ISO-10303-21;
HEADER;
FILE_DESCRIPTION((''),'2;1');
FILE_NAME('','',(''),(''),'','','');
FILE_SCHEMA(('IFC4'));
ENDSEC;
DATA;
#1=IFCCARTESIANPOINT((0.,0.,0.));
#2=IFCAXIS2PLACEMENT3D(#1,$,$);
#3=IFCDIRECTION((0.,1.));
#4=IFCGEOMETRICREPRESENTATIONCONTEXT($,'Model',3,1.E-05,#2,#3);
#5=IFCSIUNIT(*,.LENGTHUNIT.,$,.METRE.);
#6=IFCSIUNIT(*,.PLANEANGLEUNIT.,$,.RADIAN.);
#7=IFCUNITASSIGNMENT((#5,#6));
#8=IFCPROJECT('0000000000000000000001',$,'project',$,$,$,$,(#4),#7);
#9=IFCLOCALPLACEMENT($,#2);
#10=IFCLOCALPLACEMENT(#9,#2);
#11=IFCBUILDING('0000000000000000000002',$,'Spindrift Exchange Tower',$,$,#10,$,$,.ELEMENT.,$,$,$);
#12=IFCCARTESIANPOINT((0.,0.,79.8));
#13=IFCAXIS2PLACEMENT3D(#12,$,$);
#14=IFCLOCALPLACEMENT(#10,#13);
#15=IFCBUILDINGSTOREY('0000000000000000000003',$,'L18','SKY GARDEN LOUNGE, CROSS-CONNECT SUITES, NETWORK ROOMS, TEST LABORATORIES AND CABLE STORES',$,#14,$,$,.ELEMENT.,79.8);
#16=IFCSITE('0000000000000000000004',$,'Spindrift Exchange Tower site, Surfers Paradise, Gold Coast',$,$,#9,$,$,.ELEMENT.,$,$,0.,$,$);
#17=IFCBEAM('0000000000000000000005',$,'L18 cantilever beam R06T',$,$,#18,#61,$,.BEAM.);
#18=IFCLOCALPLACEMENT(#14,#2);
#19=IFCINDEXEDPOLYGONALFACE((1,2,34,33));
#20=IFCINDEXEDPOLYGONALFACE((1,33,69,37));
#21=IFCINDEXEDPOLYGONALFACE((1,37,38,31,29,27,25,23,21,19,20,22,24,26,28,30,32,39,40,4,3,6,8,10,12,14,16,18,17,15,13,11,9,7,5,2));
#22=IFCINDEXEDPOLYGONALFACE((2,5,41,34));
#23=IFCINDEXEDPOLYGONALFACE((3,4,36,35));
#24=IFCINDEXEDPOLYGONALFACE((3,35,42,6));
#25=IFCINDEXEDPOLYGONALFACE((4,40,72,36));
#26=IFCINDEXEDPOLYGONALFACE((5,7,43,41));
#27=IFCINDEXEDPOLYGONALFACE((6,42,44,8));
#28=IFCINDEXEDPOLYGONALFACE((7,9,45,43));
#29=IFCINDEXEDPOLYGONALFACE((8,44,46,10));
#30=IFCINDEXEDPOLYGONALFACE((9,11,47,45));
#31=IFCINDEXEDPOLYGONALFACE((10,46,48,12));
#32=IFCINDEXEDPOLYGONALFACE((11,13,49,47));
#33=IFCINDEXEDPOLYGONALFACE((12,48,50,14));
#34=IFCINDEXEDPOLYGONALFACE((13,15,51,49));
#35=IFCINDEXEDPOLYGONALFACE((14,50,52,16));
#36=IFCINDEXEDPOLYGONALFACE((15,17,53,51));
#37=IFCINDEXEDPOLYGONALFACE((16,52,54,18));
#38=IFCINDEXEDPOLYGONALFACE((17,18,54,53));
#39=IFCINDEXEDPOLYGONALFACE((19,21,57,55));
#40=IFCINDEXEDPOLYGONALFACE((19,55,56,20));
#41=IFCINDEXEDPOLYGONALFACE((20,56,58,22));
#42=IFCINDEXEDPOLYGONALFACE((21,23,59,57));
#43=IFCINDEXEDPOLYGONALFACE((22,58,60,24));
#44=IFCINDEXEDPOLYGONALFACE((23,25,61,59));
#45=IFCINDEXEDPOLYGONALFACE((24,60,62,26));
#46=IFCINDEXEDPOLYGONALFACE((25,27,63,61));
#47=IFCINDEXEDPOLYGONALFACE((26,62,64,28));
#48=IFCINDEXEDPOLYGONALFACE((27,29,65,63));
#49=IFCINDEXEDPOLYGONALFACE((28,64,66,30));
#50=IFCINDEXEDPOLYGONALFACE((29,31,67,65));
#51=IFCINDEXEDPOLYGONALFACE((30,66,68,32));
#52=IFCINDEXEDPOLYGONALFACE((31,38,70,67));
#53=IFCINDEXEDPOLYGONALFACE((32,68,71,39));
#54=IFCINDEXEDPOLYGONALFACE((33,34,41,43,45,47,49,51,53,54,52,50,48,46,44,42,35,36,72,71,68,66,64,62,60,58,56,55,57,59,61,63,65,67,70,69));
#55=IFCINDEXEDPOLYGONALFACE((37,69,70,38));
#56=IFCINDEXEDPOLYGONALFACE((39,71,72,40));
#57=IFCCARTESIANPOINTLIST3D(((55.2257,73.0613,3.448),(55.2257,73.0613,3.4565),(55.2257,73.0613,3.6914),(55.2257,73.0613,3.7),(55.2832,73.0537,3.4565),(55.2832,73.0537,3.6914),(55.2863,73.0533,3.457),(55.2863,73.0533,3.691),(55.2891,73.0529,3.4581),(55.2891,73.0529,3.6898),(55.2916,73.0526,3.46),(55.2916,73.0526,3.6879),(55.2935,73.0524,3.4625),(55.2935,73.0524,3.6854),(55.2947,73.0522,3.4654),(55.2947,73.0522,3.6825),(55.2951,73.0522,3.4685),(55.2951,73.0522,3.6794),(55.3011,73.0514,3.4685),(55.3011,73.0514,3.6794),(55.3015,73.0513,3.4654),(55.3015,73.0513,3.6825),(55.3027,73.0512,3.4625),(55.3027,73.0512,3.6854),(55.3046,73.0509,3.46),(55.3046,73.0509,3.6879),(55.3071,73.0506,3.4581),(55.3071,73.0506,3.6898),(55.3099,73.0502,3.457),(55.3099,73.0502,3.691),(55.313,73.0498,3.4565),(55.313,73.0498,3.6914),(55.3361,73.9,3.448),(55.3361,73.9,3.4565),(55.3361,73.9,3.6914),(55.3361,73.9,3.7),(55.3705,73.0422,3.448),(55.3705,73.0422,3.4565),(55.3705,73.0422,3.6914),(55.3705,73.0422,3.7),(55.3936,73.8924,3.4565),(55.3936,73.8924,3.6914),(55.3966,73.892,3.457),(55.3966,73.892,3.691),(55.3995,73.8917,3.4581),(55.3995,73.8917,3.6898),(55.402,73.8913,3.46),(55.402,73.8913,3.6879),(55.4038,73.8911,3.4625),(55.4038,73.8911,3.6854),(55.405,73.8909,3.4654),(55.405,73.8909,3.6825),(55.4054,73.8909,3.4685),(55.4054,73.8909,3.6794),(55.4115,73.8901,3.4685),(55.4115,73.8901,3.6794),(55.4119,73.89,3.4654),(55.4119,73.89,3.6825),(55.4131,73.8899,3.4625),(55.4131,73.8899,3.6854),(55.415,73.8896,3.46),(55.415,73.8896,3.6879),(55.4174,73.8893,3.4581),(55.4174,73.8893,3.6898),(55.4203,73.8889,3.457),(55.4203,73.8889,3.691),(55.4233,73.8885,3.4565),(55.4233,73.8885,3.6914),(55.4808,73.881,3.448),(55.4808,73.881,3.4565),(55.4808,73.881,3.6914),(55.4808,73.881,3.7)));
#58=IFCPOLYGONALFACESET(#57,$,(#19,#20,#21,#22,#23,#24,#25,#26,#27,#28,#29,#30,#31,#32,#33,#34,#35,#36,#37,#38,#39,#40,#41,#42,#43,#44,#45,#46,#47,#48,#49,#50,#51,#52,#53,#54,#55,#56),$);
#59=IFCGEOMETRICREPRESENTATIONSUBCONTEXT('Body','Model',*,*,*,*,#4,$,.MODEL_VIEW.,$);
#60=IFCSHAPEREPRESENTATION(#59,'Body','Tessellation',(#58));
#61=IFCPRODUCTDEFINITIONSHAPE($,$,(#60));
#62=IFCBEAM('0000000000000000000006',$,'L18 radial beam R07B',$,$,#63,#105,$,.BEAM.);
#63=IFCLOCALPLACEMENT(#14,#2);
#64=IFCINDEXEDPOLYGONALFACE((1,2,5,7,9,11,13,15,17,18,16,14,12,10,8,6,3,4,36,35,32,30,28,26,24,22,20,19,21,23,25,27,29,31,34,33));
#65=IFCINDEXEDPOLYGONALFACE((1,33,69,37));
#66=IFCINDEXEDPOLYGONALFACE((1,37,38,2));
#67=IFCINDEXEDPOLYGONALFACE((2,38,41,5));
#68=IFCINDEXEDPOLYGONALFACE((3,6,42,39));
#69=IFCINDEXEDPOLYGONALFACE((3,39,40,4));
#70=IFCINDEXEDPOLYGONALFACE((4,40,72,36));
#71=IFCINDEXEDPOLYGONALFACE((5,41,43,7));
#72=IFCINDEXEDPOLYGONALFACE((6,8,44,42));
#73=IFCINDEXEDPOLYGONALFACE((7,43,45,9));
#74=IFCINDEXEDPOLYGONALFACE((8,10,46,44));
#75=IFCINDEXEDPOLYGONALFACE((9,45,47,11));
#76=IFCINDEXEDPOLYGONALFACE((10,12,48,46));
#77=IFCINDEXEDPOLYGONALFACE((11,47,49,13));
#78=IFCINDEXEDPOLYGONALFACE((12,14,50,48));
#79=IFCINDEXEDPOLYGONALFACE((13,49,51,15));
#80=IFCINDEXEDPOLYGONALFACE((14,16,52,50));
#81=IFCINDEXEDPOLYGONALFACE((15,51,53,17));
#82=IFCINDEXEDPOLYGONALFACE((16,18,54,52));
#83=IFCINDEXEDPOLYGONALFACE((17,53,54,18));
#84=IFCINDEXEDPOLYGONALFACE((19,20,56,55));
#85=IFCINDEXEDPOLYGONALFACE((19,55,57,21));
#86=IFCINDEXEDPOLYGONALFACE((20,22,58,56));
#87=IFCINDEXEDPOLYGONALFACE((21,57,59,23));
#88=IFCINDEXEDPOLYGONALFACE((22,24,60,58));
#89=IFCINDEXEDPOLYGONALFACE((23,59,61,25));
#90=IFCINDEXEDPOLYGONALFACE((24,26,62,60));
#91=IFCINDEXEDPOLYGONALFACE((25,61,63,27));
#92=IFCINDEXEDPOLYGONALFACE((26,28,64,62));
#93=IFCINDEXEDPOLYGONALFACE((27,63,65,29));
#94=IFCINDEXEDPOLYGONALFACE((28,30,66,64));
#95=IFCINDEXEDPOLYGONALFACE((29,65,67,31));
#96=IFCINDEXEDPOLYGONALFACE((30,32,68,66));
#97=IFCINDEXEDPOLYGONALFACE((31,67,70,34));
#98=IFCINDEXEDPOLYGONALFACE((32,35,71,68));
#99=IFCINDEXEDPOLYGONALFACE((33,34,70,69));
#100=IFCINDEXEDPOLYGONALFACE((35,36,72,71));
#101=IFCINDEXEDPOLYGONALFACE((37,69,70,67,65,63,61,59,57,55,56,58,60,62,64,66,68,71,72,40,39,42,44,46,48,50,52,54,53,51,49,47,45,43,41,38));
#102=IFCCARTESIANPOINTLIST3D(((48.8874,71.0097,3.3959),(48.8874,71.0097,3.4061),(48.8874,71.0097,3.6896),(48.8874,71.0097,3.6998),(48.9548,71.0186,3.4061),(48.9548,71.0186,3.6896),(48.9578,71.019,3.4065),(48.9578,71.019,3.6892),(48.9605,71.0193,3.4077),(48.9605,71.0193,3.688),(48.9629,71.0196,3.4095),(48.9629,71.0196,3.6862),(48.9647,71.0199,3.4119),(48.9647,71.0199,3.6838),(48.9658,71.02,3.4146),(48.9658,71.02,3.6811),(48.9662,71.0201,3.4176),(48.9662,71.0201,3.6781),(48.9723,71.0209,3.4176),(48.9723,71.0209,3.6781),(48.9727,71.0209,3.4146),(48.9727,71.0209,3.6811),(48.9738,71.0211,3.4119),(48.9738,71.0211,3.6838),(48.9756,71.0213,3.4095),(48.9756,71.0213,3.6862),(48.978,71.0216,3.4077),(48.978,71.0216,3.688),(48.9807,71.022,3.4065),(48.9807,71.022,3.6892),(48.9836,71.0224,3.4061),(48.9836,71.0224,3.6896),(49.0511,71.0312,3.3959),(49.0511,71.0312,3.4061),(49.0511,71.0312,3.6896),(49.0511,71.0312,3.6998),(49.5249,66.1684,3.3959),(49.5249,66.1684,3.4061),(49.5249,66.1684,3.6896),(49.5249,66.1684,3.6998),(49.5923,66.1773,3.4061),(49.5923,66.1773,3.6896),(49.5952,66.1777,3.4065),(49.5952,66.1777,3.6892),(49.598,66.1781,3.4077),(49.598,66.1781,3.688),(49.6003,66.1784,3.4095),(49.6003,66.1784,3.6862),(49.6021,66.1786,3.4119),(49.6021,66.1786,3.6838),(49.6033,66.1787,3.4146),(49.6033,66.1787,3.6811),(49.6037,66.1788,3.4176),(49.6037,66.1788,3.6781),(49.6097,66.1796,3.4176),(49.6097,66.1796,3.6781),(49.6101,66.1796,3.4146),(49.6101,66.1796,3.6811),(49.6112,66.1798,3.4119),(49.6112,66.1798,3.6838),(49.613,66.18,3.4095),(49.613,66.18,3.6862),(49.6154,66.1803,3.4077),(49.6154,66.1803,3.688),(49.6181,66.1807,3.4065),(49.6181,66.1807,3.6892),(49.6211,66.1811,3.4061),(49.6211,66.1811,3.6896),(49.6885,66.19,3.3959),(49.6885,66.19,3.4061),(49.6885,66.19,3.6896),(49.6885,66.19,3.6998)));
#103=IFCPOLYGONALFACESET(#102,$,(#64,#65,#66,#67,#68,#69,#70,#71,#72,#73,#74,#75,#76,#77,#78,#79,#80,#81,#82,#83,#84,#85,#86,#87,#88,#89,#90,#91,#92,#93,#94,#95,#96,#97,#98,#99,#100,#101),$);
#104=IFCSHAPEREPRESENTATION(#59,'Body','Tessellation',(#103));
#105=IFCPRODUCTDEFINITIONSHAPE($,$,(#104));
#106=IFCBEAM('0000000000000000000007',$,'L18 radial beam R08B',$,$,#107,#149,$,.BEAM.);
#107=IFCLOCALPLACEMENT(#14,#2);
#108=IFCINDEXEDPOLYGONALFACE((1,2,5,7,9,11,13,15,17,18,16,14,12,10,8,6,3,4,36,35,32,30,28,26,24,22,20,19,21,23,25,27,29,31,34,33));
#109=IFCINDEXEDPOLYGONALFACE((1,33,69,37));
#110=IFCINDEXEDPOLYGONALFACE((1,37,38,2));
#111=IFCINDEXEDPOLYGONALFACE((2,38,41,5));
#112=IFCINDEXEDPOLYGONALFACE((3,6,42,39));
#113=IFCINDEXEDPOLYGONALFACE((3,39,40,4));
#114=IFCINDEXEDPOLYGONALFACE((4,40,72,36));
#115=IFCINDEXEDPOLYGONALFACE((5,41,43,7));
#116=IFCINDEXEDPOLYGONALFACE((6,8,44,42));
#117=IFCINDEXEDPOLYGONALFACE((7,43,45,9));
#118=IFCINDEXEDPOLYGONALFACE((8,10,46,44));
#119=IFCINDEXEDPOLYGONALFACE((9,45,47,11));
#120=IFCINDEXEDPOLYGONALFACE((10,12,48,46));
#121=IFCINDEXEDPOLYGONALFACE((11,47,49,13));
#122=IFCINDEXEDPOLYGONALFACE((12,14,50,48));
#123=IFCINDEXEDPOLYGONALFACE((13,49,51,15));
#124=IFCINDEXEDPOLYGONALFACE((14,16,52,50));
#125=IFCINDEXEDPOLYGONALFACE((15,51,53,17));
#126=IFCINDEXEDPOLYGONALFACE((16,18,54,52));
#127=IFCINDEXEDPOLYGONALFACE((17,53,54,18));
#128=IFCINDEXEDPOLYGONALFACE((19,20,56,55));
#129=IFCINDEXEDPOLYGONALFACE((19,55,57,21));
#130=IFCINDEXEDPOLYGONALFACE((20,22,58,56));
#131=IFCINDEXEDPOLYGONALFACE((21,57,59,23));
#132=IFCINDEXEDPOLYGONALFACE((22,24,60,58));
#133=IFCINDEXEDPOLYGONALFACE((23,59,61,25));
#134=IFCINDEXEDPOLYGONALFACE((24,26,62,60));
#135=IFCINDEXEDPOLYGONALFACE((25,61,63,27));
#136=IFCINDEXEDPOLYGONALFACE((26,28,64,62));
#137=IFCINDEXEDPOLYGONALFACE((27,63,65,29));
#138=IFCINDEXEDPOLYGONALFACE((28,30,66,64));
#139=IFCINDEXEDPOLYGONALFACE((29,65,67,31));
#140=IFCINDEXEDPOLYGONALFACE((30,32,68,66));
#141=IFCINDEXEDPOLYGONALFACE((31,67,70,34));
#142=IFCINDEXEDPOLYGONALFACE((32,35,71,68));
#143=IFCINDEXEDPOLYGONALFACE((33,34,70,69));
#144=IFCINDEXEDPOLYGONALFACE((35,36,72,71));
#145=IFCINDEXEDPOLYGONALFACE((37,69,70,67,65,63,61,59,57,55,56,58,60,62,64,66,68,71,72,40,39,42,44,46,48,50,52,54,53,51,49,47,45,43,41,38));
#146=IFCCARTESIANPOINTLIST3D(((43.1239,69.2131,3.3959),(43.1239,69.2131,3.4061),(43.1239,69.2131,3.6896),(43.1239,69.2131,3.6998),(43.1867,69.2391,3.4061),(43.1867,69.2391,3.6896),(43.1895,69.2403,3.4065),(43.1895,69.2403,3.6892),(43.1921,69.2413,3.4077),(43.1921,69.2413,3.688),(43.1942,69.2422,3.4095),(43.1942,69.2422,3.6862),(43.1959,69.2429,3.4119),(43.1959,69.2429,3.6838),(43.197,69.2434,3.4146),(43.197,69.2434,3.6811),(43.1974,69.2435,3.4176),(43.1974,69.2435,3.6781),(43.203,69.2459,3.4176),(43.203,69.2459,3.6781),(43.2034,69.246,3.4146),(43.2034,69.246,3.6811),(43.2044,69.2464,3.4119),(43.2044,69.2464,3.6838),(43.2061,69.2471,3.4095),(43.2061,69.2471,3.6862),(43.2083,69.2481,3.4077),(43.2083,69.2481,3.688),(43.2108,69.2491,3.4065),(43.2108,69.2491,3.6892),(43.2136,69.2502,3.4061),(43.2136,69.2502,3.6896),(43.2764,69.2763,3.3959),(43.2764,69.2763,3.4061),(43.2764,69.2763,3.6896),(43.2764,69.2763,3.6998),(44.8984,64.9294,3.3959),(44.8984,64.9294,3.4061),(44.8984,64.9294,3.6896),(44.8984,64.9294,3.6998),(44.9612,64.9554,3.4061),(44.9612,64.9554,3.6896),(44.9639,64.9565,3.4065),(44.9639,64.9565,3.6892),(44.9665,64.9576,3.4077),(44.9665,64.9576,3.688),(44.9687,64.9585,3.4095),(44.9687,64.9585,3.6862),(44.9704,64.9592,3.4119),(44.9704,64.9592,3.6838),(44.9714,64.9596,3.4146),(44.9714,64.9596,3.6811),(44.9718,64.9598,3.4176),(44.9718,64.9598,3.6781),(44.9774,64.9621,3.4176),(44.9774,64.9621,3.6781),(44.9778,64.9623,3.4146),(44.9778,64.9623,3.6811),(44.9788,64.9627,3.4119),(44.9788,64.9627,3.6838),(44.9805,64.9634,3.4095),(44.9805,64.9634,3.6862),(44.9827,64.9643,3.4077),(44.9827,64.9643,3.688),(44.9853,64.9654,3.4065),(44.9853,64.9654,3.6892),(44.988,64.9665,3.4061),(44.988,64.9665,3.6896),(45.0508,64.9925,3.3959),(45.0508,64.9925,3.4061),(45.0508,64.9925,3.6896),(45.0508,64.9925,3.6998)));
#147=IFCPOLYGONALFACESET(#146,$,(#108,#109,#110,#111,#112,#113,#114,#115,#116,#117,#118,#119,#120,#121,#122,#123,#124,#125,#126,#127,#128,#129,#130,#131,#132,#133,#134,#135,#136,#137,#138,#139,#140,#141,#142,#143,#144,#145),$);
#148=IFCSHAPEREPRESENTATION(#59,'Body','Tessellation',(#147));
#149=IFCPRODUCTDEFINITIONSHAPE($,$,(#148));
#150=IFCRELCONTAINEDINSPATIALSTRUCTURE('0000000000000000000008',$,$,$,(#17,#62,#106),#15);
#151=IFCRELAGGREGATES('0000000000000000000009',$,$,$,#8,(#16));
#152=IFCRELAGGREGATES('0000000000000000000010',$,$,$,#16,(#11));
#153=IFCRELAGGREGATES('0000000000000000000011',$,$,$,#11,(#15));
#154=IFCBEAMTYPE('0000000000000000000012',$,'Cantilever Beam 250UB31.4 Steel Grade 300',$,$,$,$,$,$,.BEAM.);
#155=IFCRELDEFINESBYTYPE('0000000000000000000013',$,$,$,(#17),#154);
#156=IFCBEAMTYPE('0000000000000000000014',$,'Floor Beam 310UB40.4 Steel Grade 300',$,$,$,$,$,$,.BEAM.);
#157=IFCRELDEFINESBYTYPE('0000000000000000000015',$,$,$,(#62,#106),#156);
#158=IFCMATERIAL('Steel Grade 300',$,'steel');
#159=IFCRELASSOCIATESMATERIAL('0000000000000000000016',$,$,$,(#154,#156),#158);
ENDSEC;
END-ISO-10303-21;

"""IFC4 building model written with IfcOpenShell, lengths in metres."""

from ifc_helpers import new_model, si_unit, direction, frame, origin, origin_2d, place, context, subcontext, project, spatial, i_section, extrude, source, transform, mapped, material, material_profile, profile_set, type_object, element, save


model = new_model("IFC4")

# Units and contexts
model_context = context("Model", 3, precision=1e-05, world=origin(), true_north=direction((0.0, 1.0)))
body_context = subcontext(model_context, "Body", "Model", "MODEL_VIEW")
ifc_project = project(units=[si_unit("LENGTHUNIT", "METRE"), si_unit("PLANEANGLEUNIT", "RADIAN")], contexts=[model_context])

# Site, building, storey
site_placement = place(None, origin())
site = spatial("IfcSite", under=ifc_project, at=site_placement, Name="Spindrift Exchange Tower site, Surfers Paradise, Gold Coast", CompositionType="ELEMENT", RefElevation=0.0)
building_placement = place(site_placement, origin())
building = spatial("IfcBuilding", under=site, at=building_placement, Name="Spindrift Exchange Tower", CompositionType="ELEMENT")
storey_placement = place(building_placement, frame((0.0, 0.0, 79.8)))
storey = spatial("IfcBuildingStorey", under=building, at=storey_placement, Name="L18", Description="SKY GARDEN LOUNGE, CROSS-CONNECT SUITES, NETWORK ROOMS, TEST LABORATORIES AND CABLE STORES", CompositionType="ELEMENT", Elevation=79.8)

# Beams
ifc_material_1 = material(Name="Steel Grade 300", Category="steel")
ifc_material_profile_1 = material_profile(ifc_material_1, i_section(OverallWidth=0.146, OverallDepth=0.252, WebThickness=0.0061, FlangeThickness=0.0085, FilletRadius=0.012, at=origin_2d()), Name="250UB31.4")
ifc_profile_set_1 = profile_set([ifc_material_profile_1], Name="Steel Grade 300")
beam_type_1 = type_object("IfcBeamType", Name="Cantilever Beam 250UB31.4 Steel Grade 300", PredefinedType="BEAM", material=ifc_profile_set_1)
shared_shape_1 = source(origin(), body_context, "Body", "SweptSolid", [
    extrude(i_section(OverallWidth=0.146, OverallDepth=0.252, WebThickness=0.0061, FlangeThickness=0.0085, FilletRadius=0.012, at=origin_2d()), origin(), (0.0, 0.0, 1.0), 0.8459),
])
beam_1_placement = place(storey_placement, frame((55.2981, 73.0518, 3.574), z_axis=(0.130462, 0.991453, 0.0), x_axis=(-0.991453, 0.130462, 0.0)))
element("IfcBeam", 1, at=beam_1_placement, inside=storey, type_object=beam_type_1, Name="L18 cantilever beam R06T", PredefinedType="BEAM", context=body_context, shape_type="MappedRepresentation", body=[
    mapped(shared_shape_1, transform((0.0, 0.0, 0.0), scale=1.0)),
])
ifc_material_profile_2 = material_profile(ifc_material_1, i_section(OverallWidth=0.165, OverallDepth=0.304, WebThickness=0.0061, FlangeThickness=0.0103, FilletRadius=0.0115, at=origin_2d()), Name="310UB40.4")
ifc_profile_set_2 = profile_set([ifc_material_profile_2], Name="Steel Grade 300")
beam_type_2 = type_object("IfcBeamType", Name="Floor Beam 310UB40.4 Steel Grade 300", PredefinedType="BEAM", material=ifc_profile_set_2)
shared_shape_2 = source(origin(), body_context, "Body", "SweptSolid", [
    extrude(i_section(OverallWidth=0.165, OverallDepth=0.304, WebThickness=0.0061, FlangeThickness=0.0103, FilletRadius=0.0115, at=origin_2d()), origin(), (0.0, 0.0, 1.0), 4.8831),
])
beam_2_placement = place(storey_placement, frame((49.6067, 66.1792, 3.5479), z_axis=(-0.130542, 0.991443, 0.0), x_axis=(-0.991443, -0.130542, 0.0)))
element("IfcBeam", 2, at=beam_2_placement, inside=storey, type_object=beam_type_2, Name="L18 radial beam R07B", PredefinedType="BEAM", context=body_context, shape_type="MappedRepresentation", body=[
    mapped(shared_shape_2, transform((0.0, 0.0, 0.0), scale=1.0)),
])
shared_shape_3 = source(origin(), body_context, "Body", "SweptSolid", [
    extrude(i_section(OverallWidth=0.165, OverallDepth=0.304, WebThickness=0.0061, FlangeThickness=0.0103, FilletRadius=0.0115, at=origin_2d()), origin(), (0.0, 0.0, 1.0), 4.6367),
])
beam_3_placement = place(storey_placement, frame((44.9746, 64.9609, 3.5479), z_axis=(-0.382693, 0.923876, 0.0), x_axis=(-0.923876, -0.382693, 0.0)))
element("IfcBeam", 3, at=beam_3_placement, inside=storey, type_object=beam_type_2, Name="L18 radial beam R08B", PredefinedType="BEAM", context=body_context, shape_type="MappedRepresentation", body=[
    mapped(shared_shape_3, transform((0.0, 0.0, 0.0), scale=1.0)),
])

save(model, "model.ifc")
